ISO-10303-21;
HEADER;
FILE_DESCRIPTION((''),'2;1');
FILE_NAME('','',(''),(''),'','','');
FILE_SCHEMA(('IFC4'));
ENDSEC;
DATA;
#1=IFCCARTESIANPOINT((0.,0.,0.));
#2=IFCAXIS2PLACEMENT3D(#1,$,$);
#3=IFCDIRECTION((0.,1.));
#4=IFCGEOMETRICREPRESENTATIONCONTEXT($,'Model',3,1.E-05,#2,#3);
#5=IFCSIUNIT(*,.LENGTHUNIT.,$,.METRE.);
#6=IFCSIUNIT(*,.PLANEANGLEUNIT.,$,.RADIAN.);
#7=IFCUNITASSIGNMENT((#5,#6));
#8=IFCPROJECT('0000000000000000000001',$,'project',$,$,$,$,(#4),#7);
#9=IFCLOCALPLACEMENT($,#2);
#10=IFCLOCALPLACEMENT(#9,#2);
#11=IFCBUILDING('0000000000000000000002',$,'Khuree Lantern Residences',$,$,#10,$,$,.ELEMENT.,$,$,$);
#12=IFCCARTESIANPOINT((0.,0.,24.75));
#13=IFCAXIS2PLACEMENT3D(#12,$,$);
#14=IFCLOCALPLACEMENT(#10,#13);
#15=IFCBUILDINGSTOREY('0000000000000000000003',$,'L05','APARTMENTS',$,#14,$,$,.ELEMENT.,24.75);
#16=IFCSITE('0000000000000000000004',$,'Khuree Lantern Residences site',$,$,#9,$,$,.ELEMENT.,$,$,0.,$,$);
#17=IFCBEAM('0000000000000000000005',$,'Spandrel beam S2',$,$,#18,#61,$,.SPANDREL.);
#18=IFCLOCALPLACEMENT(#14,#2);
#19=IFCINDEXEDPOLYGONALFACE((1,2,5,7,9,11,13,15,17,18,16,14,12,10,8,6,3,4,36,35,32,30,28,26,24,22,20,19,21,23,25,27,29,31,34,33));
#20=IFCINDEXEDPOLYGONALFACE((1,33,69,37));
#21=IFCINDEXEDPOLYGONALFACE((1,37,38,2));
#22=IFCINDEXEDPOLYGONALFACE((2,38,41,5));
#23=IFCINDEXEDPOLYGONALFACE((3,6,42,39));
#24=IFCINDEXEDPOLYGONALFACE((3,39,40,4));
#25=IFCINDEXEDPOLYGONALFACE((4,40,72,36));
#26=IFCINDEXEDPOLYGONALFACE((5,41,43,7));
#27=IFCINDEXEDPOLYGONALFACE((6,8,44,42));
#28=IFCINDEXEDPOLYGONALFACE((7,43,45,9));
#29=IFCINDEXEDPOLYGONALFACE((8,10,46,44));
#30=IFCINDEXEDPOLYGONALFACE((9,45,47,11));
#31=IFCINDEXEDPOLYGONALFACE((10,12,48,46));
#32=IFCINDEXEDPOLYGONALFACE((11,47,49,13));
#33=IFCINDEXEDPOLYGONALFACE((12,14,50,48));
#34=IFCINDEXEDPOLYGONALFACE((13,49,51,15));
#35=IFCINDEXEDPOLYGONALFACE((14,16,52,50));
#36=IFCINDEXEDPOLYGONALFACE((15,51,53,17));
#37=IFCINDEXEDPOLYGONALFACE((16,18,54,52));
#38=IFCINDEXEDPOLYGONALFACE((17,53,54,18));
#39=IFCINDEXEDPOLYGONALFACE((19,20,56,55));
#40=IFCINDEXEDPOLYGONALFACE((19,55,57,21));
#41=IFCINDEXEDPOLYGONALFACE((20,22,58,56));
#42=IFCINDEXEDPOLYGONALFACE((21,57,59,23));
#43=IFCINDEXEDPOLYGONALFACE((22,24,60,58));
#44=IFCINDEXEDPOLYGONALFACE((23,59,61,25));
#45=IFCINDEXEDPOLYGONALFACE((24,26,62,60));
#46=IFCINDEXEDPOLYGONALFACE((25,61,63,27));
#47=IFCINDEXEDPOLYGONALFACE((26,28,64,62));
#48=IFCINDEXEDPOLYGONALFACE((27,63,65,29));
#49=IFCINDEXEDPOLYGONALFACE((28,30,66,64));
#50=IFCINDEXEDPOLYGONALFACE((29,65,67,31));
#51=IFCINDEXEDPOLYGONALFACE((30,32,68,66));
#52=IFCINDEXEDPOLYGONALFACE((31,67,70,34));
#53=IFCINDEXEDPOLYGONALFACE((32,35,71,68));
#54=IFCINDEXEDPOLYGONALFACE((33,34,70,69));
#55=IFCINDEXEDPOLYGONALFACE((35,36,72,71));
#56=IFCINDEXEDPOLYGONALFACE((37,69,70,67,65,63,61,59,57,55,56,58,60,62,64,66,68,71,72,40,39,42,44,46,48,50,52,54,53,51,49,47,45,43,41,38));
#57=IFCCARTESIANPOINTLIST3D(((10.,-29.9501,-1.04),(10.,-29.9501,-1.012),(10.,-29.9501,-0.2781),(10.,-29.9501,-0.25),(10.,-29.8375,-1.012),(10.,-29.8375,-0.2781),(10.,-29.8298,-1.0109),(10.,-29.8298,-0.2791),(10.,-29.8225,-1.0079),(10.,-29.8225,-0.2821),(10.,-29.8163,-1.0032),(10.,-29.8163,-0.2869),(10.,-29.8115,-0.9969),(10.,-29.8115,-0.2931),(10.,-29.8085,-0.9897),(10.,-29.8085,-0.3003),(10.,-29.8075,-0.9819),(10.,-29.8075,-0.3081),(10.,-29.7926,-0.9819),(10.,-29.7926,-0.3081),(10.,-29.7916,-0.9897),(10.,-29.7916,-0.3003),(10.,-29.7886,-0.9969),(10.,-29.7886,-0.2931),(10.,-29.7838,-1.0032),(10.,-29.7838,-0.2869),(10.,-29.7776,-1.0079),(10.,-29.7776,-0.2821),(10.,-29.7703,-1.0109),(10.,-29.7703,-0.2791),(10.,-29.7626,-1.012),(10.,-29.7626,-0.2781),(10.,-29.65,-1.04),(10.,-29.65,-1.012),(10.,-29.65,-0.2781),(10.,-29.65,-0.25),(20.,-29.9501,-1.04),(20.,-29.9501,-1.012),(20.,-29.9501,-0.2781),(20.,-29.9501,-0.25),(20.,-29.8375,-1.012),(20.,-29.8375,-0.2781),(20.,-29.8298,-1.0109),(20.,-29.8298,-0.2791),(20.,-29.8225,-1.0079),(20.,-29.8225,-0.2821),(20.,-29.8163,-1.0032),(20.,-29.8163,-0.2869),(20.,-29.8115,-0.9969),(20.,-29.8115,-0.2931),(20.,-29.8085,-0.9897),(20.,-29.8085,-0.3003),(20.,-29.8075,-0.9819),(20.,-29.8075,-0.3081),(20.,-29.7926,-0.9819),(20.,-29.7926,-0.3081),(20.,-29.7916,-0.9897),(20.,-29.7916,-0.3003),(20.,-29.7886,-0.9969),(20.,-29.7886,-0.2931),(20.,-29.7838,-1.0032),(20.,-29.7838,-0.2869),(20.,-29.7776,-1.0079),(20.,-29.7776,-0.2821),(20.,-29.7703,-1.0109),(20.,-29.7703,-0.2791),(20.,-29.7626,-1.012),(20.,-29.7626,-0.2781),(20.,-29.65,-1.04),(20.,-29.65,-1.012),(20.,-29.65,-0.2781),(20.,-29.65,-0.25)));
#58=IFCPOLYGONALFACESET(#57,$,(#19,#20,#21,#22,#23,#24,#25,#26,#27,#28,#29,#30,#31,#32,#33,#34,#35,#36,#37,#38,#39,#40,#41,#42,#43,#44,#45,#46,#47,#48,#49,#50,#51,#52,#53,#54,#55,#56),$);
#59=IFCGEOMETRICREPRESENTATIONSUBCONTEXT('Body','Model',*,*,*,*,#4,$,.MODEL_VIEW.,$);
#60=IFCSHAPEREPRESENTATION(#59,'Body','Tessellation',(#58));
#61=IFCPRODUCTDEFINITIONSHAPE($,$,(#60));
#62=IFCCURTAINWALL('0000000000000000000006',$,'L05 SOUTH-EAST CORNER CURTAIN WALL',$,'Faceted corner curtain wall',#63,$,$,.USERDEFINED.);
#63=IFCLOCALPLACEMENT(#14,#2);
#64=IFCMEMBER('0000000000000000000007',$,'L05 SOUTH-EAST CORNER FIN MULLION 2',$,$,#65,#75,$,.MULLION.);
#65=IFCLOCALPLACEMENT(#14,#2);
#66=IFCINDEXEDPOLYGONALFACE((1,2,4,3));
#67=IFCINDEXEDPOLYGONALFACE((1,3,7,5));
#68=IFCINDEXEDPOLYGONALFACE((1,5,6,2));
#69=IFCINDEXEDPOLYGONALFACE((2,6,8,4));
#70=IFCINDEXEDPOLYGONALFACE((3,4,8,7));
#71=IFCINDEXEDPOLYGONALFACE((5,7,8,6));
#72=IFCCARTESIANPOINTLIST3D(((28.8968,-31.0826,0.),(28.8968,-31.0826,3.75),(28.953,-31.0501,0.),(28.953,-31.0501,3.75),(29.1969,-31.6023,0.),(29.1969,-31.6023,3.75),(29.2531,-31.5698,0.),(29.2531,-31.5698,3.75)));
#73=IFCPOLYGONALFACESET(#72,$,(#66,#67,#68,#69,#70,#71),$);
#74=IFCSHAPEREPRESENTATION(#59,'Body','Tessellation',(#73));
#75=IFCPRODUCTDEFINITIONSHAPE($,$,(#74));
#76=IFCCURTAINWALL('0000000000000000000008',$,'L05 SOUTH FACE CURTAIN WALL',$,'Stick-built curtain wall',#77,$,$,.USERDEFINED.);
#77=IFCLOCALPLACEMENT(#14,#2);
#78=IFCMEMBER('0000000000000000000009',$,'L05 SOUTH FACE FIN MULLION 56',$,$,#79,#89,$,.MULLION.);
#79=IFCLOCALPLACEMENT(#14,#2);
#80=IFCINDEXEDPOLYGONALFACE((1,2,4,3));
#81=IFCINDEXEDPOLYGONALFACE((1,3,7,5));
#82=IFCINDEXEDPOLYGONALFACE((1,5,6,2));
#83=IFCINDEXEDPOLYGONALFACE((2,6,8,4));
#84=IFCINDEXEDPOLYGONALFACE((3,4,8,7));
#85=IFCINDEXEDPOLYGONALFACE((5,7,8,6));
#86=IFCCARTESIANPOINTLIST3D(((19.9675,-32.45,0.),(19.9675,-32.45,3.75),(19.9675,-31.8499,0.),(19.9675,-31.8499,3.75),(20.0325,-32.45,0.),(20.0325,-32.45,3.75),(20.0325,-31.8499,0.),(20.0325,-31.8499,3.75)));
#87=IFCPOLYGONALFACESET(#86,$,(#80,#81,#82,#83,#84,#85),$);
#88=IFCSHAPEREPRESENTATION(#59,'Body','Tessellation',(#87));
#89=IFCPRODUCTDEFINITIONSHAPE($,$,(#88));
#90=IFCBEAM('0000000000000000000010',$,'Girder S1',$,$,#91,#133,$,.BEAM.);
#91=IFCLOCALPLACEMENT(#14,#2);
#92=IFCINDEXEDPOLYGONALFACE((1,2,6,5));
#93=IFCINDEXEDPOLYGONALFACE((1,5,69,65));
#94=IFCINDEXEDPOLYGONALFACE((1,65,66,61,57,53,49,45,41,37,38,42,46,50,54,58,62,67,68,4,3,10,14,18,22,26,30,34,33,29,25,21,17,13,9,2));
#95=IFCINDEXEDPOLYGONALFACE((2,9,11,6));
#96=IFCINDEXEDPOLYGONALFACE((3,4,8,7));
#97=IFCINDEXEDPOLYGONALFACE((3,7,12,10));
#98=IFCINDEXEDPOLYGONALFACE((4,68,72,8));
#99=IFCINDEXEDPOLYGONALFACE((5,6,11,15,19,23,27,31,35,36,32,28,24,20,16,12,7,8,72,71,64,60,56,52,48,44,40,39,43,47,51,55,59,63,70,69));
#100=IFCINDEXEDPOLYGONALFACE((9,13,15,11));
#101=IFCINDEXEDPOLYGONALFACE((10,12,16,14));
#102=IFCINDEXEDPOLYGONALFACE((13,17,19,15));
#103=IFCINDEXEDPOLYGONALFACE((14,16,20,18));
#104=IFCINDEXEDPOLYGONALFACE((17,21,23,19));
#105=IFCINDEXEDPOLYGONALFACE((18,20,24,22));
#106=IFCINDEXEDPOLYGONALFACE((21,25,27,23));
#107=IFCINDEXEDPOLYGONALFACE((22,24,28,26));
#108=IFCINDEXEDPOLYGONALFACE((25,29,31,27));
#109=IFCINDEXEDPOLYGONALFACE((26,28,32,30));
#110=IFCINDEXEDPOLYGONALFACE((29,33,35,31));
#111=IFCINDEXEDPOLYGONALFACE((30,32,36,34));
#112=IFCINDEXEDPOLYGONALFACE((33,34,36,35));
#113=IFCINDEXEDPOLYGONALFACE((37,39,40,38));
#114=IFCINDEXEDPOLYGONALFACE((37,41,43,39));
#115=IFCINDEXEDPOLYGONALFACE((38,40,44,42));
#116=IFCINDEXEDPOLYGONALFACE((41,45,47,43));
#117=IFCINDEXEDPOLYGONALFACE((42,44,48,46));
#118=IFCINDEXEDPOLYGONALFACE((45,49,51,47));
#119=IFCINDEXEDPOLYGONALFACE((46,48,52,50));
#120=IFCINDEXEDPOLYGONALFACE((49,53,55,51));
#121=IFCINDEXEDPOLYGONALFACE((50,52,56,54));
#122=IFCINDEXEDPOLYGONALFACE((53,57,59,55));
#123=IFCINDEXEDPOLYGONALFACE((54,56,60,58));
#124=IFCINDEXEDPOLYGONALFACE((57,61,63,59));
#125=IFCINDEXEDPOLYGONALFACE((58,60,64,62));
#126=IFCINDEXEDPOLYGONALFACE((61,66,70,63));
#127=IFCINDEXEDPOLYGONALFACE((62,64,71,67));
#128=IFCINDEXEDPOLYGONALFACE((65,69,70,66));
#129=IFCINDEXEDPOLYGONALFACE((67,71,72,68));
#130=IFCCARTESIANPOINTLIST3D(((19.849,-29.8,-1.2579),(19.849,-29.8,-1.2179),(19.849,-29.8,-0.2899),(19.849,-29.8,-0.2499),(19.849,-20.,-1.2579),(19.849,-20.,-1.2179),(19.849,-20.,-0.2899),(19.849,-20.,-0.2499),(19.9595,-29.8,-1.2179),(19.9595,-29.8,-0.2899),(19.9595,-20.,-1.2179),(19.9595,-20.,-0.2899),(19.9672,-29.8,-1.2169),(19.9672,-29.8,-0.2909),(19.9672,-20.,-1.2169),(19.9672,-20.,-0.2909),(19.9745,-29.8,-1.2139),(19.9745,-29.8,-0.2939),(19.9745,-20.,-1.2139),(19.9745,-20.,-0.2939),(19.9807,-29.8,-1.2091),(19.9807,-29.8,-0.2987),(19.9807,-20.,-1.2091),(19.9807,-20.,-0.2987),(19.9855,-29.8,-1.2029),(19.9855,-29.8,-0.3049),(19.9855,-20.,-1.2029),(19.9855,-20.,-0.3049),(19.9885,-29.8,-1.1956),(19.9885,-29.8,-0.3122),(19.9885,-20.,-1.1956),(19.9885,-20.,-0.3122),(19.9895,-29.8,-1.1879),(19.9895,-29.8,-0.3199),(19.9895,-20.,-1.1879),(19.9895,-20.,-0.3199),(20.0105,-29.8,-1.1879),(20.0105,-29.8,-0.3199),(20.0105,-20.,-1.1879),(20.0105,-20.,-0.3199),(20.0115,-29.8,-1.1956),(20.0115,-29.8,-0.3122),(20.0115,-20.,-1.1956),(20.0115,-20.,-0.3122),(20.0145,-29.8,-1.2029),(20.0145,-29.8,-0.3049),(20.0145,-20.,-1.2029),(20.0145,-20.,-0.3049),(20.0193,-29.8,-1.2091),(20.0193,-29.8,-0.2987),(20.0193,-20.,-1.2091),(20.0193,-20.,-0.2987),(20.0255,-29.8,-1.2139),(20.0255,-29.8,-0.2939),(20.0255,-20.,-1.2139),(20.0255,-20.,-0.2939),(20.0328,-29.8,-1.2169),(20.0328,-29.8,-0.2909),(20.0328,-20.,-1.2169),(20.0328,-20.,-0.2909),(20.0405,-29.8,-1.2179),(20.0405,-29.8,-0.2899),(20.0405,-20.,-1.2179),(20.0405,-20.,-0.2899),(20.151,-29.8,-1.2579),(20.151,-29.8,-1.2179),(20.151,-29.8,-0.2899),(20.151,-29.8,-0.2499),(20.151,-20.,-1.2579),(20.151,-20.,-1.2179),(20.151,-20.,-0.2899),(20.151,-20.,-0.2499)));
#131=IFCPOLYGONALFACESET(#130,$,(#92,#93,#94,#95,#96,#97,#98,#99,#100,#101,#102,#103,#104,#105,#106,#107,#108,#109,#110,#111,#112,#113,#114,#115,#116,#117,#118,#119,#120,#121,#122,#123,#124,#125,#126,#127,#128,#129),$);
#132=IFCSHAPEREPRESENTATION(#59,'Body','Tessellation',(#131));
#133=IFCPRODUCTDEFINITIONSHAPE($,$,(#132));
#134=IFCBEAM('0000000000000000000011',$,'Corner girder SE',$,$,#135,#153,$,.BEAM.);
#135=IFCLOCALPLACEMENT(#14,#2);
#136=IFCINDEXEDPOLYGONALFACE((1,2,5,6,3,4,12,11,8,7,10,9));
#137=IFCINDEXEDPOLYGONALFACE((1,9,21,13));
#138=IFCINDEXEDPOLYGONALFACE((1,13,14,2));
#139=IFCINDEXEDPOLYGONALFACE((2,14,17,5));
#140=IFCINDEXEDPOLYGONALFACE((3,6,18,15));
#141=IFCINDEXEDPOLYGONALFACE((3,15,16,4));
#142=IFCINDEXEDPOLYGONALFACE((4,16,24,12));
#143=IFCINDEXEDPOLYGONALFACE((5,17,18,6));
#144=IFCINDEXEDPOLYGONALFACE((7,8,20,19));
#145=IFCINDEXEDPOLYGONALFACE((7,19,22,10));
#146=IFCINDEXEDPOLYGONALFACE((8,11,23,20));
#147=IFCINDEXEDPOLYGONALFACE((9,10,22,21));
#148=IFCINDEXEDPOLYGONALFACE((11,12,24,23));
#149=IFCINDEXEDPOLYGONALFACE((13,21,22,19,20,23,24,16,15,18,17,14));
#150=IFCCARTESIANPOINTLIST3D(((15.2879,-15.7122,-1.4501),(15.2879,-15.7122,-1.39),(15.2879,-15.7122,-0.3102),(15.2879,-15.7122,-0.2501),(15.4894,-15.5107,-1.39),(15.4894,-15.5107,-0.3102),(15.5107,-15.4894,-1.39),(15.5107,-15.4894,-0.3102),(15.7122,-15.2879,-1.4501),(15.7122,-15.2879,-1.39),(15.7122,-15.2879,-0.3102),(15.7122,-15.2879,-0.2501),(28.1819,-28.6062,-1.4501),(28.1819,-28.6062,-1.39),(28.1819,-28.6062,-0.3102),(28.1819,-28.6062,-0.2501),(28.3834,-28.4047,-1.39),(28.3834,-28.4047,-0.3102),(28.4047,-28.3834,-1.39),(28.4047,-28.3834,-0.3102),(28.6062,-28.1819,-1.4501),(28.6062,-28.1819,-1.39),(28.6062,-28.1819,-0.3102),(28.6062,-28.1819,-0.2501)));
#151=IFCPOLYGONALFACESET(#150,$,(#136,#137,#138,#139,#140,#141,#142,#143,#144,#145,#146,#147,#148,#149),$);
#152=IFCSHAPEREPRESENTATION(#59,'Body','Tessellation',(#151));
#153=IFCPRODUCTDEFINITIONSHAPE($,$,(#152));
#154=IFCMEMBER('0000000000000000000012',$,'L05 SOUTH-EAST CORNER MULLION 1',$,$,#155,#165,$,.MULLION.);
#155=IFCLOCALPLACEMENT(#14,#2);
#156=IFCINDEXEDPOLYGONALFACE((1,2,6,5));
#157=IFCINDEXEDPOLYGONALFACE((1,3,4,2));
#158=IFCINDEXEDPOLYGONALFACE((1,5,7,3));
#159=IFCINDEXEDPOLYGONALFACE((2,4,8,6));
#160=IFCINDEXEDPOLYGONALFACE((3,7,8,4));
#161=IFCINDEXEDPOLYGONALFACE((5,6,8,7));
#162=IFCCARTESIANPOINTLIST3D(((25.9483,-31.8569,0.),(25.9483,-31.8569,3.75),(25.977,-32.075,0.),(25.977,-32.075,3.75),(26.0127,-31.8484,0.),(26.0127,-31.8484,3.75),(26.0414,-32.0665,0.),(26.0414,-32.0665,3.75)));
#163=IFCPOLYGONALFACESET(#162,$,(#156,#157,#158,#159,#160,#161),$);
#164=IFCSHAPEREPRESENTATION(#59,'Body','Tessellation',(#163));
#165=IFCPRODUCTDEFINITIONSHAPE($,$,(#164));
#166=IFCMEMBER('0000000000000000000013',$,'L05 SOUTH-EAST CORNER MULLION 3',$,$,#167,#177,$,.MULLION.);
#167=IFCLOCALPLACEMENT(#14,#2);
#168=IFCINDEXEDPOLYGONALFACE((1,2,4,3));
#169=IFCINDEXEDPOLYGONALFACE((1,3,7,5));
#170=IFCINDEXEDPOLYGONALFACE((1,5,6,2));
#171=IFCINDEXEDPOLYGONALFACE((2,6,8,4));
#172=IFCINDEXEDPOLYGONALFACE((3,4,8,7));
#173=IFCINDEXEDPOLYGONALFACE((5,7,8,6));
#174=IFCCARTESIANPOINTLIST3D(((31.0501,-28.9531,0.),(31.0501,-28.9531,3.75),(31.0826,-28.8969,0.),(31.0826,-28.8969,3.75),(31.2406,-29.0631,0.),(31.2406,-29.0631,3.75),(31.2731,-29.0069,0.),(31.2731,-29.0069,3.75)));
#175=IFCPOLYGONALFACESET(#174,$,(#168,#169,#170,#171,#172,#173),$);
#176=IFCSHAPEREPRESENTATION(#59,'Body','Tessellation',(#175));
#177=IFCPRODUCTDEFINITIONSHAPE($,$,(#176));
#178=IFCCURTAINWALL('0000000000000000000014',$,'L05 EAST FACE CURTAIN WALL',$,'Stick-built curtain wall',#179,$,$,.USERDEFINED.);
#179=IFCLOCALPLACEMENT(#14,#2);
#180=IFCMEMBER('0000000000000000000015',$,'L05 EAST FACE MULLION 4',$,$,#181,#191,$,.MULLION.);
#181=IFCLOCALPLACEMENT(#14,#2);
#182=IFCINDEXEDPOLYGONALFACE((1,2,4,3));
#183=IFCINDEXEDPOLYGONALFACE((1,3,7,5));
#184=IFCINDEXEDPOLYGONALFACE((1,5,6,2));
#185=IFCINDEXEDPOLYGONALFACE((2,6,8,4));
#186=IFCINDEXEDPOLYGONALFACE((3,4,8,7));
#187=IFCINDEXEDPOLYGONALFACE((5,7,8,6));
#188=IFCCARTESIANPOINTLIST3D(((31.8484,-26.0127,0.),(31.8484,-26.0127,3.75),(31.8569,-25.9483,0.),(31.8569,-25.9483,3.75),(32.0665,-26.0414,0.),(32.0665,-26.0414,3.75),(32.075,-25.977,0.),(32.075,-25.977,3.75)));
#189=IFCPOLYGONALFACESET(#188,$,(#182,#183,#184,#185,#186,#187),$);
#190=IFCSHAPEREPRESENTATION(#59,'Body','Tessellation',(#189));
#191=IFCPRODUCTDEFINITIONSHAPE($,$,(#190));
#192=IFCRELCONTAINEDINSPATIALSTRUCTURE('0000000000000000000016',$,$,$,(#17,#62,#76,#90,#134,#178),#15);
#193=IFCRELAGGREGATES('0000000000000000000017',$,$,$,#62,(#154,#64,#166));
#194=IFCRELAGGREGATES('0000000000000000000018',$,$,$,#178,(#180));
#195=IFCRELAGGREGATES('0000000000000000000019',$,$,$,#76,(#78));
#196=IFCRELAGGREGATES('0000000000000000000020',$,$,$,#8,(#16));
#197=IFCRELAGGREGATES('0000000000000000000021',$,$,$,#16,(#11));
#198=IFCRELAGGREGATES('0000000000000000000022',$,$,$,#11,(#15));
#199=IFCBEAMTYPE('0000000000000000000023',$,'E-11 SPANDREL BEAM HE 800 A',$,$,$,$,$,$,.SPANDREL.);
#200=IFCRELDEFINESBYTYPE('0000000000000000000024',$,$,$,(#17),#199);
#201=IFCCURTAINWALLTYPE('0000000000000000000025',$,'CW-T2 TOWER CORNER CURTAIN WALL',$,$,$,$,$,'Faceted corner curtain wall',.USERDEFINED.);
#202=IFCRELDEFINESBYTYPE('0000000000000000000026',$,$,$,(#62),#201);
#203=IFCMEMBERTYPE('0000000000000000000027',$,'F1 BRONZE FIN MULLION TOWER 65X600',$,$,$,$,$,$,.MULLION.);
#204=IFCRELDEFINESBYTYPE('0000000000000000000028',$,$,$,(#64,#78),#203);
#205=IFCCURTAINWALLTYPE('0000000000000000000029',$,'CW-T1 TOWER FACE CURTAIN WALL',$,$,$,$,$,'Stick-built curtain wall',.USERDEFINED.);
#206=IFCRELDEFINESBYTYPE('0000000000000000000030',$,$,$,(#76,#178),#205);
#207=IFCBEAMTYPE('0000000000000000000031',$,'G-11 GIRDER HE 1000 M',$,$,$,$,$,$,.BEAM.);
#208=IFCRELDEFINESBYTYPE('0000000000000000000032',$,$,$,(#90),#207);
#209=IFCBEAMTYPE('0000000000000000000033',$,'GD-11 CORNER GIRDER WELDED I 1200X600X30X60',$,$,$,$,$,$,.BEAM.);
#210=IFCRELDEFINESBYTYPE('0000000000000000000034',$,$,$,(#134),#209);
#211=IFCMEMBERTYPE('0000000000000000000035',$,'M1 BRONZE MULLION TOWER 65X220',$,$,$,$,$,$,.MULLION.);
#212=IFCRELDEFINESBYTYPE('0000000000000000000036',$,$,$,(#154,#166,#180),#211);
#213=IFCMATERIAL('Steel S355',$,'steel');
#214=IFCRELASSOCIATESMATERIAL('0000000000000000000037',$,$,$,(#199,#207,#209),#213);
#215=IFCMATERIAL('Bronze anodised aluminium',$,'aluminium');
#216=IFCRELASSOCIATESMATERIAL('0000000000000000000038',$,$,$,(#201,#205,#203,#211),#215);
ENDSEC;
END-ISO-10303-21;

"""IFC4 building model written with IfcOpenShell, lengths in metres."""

from ifc_helpers import new_model, si_unit, direction, frame, origin, origin_2d, place, context, subcontext, project, spatial, rectangle, i_section, extrude, material, material_profile, profile_set, type_object, element, aggregate, save


model = new_model("IFC4")

# Units and contexts
model_context = context("Model", 3, precision=1e-05, world=origin(), true_north=direction((0.0, 1.0)))
body_context = subcontext(model_context, "Body", "Model", "MODEL_VIEW")
ifc_project = project(units=[si_unit("LENGTHUNIT", "METRE"), si_unit("PLANEANGLEUNIT", "RADIAN")], contexts=[model_context])

# Site, building, storey
site_placement = place(None, origin())
site = spatial("IfcSite", under=ifc_project, at=site_placement, Name="Khuree Lantern Residences site", CompositionType="ELEMENT", RefElevation=0.0)
building_placement = place(site_placement, origin())
building = spatial("IfcBuilding", under=site, at=building_placement, Name="Khuree Lantern Residences", CompositionType="ELEMENT")
storey_placement = place(building_placement, frame((0.0, 0.0, 24.75)))
storey = spatial("IfcBuildingStorey", under=building, at=storey_placement, Name="L05", Description="APARTMENTS", CompositionType="ELEMENT", Elevation=24.75)

# Beam
ifc_material_1 = material(Name="Steel S355", Category="steel")
ifc_material_profile_1 = material_profile(ifc_material_1, i_section(OverallWidth=0.3, OverallDepth=0.79, WebThickness=0.0149, FlangeThickness=0.0281, FilletRadius=0.03, at=origin_2d()), Name="HE 800 A")
ifc_profile_set_1 = profile_set([ifc_material_profile_1], Name="Steel S355")
beam_type_1 = type_object("IfcBeamType", Name="E-11 SPANDREL BEAM HE 800 A", PredefinedType="SPANDREL", material=ifc_profile_set_1)
beam_1_placement = place(storey_placement, frame((20.0, -29.8, -0.645), z_axis=(-1.0, 0.0, 0.0), x_axis=(0.0, -1.0, 0.0)))
element("IfcBeam", 1, at=beam_1_placement, inside=storey, type_object=beam_type_1, Name="Spandrel beam S2", PredefinedType="SPANDREL", context=body_context, shape_type="SweptSolid", body=[
    extrude(i_section(OverallWidth=0.3, OverallDepth=0.79, WebThickness=0.0149, FlangeThickness=0.0281, FilletRadius=0.03, at=origin_2d()), origin(), (0.0, 0.0, 1.0), 10.0),
])

# Curtain walls, members
ifc_material_2 = material(Name="Bronze anodised aluminium", Category="aluminium")
curtain_wall_type_1 = type_object("IfcCurtainWallType", Name="CW-T2 TOWER CORNER CURTAIN WALL", ElementType="Faceted corner curtain wall", PredefinedType="USERDEFINED", material=ifc_material_2)
curtain_wall_1_placement = place(storey_placement, origin())
curtain_wall_1 = element("IfcCurtainWall", 2, at=curtain_wall_1_placement, inside=storey, type_object=curtain_wall_type_1, Name="L05 SOUTH-EAST CORNER CURTAIN WALL", ObjectType="Faceted corner curtain wall", PredefinedType="USERDEFINED")
ifc_material_profile_2 = material_profile(ifc_material_2, rectangle(XDim=0.0649, YDim=0.6001, at=origin_2d()), Name="F1 65X600")
ifc_profile_set_2 = profile_set([ifc_material_profile_2], Name="Bronze anodised aluminium")
member_type_1 = type_object("IfcMemberType", Name="F1 BRONZE FIN MULLION TOWER 65X600", PredefinedType="MULLION", material=ifc_profile_set_2)
member_1_placement = place(storey_placement, frame((29.075, -31.3262, 0.0), z_axis=(0.0, 0.0, 1.0), x_axis=(0.866025, 0.5, 0.0)))
member_1 = element("IfcMember", 3, at=member_1_placement, type_object=member_type_1, Name="L05 SOUTH-EAST CORNER FIN MULLION 2", PredefinedType="MULLION", context=body_context, shape_type="SweptSolid", body=[
    extrude(rectangle(XDim=0.0649, YDim=0.6001, at=origin_2d()), origin(), (0.0, 0.0, 1.0), 3.75),
])
curtain_wall_type_2 = type_object("IfcCurtainWallType", Name="CW-T1 TOWER FACE CURTAIN WALL", ElementType="Stick-built curtain wall", PredefinedType="USERDEFINED", material=ifc_material_2)
curtain_wall_2_placement = place(storey_placement, origin())
curtain_wall_2 = element("IfcCurtainWall", 4, at=curtain_wall_2_placement, inside=storey, type_object=curtain_wall_type_2, Name="L05 SOUTH FACE CURTAIN WALL", ObjectType="Stick-built curtain wall", PredefinedType="USERDEFINED")
member_2_placement = place(storey_placement, frame((20.0, -32.1499, 0.0), z_axis=(0.0, 0.0, 1.0), x_axis=(1.0, 0.0, 0.0)))
member_2 = element("IfcMember", 5, at=member_2_placement, type_object=member_type_1, Name="L05 SOUTH FACE FIN MULLION 56", PredefinedType="MULLION", context=body_context, shape_type="SweptSolid", body=[
    extrude(rectangle(XDim=0.0649, YDim=0.6001, at=origin_2d()), origin(), (0.0, 0.0, 1.0), 3.75),
])

# Beams
ifc_material_profile_3 = material_profile(ifc_material_1, i_section(OverallWidth=0.302, OverallDepth=1.0081, WebThickness=0.021, FlangeThickness=0.04, FilletRadius=0.03, at=origin_2d()), Name="HE 1000 M")
ifc_profile_set_3 = profile_set([ifc_material_profile_3], Name="Steel S355")
beam_type_2 = type_object("IfcBeamType", Name="G-11 GIRDER HE 1000 M", PredefinedType="BEAM", material=ifc_profile_set_3)
beam_2_placement = place(storey_placement, frame((20.0, -29.8, -0.7539), z_axis=(0.0, 1.0, 0.0), x_axis=(-1.0, 0.0, 0.0)))
element("IfcBeam", 6, at=beam_2_placement, inside=storey, type_object=beam_type_2, Name="Girder S1", PredefinedType="BEAM", context=body_context, shape_type="SweptSolid", body=[
    extrude(i_section(OverallWidth=0.302, OverallDepth=1.0081, WebThickness=0.021, FlangeThickness=0.04, FilletRadius=0.03, at=origin_2d()), origin(), (0.0, 0.0, 1.0), 9.8),
])
ifc_material_profile_4 = material_profile(ifc_material_1, i_section(OverallWidth=0.6001, OverallDepth=1.2, WebThickness=0.03, FlangeThickness=0.0601, at=origin_2d()), Name="WELDED I 1200X600X30X60")
ifc_profile_set_4 = profile_set([ifc_material_profile_4], Name="Steel S355")
beam_type_3 = type_object("IfcBeamType", Name="GD-11 CORNER GIRDER WELDED I 1200X600X30X60", PredefinedType="BEAM", material=ifc_profile_set_4)
beam_3_placement = place(storey_placement, frame((28.394, -28.394, -0.8501), z_axis=(-0.707107, 0.707107, 0.0), x_axis=(-0.707107, -0.707107, 0.0)))
element("IfcBeam", 7, at=beam_3_placement, inside=storey, type_object=beam_type_3, Name="Corner girder SE", PredefinedType="BEAM", context=body_context, shape_type="SweptSolid", body=[
    extrude(i_section(OverallWidth=0.6001, OverallDepth=1.2, WebThickness=0.03, FlangeThickness=0.0601, at=origin_2d()), origin(), (0.0, 0.0, 1.0), 18.2349),
])

# Members
ifc_material_profile_5 = material_profile(ifc_material_2, rectangle(XDim=0.0649, YDim=0.22, at=origin_2d()), Name="M1 65X220")
ifc_profile_set_5 = profile_set([ifc_material_profile_5], Name="Bronze anodised aluminium")
member_type_2 = type_object("IfcMemberType", Name="M1 BRONZE MULLION TOWER 65X220", PredefinedType="MULLION", material=ifc_profile_set_5)
member_3_placement = place(storey_placement, frame((25.9949, -31.9617, 0.0), z_axis=(0.0, 0.0, 1.0), x_axis=(0.991445, 0.130526, 0.0)))
member_3 = element("IfcMember", 8, at=member_3_placement, type_object=member_type_2, Name="L05 SOUTH-EAST CORNER MULLION 1", PredefinedType="MULLION", context=body_context, shape_type="SweptSolid", body=[
    extrude(rectangle(XDim=0.0649, YDim=0.22, at=origin_2d()), origin(), (0.0, 0.0, 1.0), 3.75),
])
member_4_placement = place(storey_placement, frame((31.1616, -28.98, 0.0), z_axis=(0.0, 0.0, 1.0), x_axis=(0.5, 0.866025, 0.0)))
member_4 = element("IfcMember", 9, at=member_4_placement, type_object=member_type_2, Name="L05 SOUTH-EAST CORNER MULLION 3", PredefinedType="MULLION", context=body_context, shape_type="SweptSolid", body=[
    extrude(rectangle(XDim=0.0649, YDim=0.22, at=origin_2d()), origin(), (0.0, 0.0, 1.0), 3.75),
])

# Curtain wall, member
curtain_wall_3_placement = place(storey_placement, origin())
curtain_wall_3 = element("IfcCurtainWall", 10, at=curtain_wall_3_placement, inside=storey, type_object=curtain_wall_type_2, Name="L05 EAST FACE CURTAIN WALL", ObjectType="Stick-built curtain wall", PredefinedType="USERDEFINED")
member_5_placement = place(storey_placement, frame((31.9617, -25.9949, 0.0), z_axis=(0.0, 0.0, 1.0), x_axis=(0.130526, 0.991445, 0.0)))
member_5 = element("IfcMember", 11, at=member_5_placement, type_object=member_type_2, Name="L05 EAST FACE MULLION 4", PredefinedType="MULLION", context=body_context, shape_type="SweptSolid", body=[
    extrude(rectangle(XDim=0.0649, YDim=0.22, at=origin_2d()), origin(), (0.0, 0.0, 1.0), 3.75),
])

aggregate(curtain_wall_1, [member_3, member_1, member_4])
aggregate(curtain_wall_3, [member_5])
aggregate(curtain_wall_2, [member_2])

save(model, "model.ifc")
